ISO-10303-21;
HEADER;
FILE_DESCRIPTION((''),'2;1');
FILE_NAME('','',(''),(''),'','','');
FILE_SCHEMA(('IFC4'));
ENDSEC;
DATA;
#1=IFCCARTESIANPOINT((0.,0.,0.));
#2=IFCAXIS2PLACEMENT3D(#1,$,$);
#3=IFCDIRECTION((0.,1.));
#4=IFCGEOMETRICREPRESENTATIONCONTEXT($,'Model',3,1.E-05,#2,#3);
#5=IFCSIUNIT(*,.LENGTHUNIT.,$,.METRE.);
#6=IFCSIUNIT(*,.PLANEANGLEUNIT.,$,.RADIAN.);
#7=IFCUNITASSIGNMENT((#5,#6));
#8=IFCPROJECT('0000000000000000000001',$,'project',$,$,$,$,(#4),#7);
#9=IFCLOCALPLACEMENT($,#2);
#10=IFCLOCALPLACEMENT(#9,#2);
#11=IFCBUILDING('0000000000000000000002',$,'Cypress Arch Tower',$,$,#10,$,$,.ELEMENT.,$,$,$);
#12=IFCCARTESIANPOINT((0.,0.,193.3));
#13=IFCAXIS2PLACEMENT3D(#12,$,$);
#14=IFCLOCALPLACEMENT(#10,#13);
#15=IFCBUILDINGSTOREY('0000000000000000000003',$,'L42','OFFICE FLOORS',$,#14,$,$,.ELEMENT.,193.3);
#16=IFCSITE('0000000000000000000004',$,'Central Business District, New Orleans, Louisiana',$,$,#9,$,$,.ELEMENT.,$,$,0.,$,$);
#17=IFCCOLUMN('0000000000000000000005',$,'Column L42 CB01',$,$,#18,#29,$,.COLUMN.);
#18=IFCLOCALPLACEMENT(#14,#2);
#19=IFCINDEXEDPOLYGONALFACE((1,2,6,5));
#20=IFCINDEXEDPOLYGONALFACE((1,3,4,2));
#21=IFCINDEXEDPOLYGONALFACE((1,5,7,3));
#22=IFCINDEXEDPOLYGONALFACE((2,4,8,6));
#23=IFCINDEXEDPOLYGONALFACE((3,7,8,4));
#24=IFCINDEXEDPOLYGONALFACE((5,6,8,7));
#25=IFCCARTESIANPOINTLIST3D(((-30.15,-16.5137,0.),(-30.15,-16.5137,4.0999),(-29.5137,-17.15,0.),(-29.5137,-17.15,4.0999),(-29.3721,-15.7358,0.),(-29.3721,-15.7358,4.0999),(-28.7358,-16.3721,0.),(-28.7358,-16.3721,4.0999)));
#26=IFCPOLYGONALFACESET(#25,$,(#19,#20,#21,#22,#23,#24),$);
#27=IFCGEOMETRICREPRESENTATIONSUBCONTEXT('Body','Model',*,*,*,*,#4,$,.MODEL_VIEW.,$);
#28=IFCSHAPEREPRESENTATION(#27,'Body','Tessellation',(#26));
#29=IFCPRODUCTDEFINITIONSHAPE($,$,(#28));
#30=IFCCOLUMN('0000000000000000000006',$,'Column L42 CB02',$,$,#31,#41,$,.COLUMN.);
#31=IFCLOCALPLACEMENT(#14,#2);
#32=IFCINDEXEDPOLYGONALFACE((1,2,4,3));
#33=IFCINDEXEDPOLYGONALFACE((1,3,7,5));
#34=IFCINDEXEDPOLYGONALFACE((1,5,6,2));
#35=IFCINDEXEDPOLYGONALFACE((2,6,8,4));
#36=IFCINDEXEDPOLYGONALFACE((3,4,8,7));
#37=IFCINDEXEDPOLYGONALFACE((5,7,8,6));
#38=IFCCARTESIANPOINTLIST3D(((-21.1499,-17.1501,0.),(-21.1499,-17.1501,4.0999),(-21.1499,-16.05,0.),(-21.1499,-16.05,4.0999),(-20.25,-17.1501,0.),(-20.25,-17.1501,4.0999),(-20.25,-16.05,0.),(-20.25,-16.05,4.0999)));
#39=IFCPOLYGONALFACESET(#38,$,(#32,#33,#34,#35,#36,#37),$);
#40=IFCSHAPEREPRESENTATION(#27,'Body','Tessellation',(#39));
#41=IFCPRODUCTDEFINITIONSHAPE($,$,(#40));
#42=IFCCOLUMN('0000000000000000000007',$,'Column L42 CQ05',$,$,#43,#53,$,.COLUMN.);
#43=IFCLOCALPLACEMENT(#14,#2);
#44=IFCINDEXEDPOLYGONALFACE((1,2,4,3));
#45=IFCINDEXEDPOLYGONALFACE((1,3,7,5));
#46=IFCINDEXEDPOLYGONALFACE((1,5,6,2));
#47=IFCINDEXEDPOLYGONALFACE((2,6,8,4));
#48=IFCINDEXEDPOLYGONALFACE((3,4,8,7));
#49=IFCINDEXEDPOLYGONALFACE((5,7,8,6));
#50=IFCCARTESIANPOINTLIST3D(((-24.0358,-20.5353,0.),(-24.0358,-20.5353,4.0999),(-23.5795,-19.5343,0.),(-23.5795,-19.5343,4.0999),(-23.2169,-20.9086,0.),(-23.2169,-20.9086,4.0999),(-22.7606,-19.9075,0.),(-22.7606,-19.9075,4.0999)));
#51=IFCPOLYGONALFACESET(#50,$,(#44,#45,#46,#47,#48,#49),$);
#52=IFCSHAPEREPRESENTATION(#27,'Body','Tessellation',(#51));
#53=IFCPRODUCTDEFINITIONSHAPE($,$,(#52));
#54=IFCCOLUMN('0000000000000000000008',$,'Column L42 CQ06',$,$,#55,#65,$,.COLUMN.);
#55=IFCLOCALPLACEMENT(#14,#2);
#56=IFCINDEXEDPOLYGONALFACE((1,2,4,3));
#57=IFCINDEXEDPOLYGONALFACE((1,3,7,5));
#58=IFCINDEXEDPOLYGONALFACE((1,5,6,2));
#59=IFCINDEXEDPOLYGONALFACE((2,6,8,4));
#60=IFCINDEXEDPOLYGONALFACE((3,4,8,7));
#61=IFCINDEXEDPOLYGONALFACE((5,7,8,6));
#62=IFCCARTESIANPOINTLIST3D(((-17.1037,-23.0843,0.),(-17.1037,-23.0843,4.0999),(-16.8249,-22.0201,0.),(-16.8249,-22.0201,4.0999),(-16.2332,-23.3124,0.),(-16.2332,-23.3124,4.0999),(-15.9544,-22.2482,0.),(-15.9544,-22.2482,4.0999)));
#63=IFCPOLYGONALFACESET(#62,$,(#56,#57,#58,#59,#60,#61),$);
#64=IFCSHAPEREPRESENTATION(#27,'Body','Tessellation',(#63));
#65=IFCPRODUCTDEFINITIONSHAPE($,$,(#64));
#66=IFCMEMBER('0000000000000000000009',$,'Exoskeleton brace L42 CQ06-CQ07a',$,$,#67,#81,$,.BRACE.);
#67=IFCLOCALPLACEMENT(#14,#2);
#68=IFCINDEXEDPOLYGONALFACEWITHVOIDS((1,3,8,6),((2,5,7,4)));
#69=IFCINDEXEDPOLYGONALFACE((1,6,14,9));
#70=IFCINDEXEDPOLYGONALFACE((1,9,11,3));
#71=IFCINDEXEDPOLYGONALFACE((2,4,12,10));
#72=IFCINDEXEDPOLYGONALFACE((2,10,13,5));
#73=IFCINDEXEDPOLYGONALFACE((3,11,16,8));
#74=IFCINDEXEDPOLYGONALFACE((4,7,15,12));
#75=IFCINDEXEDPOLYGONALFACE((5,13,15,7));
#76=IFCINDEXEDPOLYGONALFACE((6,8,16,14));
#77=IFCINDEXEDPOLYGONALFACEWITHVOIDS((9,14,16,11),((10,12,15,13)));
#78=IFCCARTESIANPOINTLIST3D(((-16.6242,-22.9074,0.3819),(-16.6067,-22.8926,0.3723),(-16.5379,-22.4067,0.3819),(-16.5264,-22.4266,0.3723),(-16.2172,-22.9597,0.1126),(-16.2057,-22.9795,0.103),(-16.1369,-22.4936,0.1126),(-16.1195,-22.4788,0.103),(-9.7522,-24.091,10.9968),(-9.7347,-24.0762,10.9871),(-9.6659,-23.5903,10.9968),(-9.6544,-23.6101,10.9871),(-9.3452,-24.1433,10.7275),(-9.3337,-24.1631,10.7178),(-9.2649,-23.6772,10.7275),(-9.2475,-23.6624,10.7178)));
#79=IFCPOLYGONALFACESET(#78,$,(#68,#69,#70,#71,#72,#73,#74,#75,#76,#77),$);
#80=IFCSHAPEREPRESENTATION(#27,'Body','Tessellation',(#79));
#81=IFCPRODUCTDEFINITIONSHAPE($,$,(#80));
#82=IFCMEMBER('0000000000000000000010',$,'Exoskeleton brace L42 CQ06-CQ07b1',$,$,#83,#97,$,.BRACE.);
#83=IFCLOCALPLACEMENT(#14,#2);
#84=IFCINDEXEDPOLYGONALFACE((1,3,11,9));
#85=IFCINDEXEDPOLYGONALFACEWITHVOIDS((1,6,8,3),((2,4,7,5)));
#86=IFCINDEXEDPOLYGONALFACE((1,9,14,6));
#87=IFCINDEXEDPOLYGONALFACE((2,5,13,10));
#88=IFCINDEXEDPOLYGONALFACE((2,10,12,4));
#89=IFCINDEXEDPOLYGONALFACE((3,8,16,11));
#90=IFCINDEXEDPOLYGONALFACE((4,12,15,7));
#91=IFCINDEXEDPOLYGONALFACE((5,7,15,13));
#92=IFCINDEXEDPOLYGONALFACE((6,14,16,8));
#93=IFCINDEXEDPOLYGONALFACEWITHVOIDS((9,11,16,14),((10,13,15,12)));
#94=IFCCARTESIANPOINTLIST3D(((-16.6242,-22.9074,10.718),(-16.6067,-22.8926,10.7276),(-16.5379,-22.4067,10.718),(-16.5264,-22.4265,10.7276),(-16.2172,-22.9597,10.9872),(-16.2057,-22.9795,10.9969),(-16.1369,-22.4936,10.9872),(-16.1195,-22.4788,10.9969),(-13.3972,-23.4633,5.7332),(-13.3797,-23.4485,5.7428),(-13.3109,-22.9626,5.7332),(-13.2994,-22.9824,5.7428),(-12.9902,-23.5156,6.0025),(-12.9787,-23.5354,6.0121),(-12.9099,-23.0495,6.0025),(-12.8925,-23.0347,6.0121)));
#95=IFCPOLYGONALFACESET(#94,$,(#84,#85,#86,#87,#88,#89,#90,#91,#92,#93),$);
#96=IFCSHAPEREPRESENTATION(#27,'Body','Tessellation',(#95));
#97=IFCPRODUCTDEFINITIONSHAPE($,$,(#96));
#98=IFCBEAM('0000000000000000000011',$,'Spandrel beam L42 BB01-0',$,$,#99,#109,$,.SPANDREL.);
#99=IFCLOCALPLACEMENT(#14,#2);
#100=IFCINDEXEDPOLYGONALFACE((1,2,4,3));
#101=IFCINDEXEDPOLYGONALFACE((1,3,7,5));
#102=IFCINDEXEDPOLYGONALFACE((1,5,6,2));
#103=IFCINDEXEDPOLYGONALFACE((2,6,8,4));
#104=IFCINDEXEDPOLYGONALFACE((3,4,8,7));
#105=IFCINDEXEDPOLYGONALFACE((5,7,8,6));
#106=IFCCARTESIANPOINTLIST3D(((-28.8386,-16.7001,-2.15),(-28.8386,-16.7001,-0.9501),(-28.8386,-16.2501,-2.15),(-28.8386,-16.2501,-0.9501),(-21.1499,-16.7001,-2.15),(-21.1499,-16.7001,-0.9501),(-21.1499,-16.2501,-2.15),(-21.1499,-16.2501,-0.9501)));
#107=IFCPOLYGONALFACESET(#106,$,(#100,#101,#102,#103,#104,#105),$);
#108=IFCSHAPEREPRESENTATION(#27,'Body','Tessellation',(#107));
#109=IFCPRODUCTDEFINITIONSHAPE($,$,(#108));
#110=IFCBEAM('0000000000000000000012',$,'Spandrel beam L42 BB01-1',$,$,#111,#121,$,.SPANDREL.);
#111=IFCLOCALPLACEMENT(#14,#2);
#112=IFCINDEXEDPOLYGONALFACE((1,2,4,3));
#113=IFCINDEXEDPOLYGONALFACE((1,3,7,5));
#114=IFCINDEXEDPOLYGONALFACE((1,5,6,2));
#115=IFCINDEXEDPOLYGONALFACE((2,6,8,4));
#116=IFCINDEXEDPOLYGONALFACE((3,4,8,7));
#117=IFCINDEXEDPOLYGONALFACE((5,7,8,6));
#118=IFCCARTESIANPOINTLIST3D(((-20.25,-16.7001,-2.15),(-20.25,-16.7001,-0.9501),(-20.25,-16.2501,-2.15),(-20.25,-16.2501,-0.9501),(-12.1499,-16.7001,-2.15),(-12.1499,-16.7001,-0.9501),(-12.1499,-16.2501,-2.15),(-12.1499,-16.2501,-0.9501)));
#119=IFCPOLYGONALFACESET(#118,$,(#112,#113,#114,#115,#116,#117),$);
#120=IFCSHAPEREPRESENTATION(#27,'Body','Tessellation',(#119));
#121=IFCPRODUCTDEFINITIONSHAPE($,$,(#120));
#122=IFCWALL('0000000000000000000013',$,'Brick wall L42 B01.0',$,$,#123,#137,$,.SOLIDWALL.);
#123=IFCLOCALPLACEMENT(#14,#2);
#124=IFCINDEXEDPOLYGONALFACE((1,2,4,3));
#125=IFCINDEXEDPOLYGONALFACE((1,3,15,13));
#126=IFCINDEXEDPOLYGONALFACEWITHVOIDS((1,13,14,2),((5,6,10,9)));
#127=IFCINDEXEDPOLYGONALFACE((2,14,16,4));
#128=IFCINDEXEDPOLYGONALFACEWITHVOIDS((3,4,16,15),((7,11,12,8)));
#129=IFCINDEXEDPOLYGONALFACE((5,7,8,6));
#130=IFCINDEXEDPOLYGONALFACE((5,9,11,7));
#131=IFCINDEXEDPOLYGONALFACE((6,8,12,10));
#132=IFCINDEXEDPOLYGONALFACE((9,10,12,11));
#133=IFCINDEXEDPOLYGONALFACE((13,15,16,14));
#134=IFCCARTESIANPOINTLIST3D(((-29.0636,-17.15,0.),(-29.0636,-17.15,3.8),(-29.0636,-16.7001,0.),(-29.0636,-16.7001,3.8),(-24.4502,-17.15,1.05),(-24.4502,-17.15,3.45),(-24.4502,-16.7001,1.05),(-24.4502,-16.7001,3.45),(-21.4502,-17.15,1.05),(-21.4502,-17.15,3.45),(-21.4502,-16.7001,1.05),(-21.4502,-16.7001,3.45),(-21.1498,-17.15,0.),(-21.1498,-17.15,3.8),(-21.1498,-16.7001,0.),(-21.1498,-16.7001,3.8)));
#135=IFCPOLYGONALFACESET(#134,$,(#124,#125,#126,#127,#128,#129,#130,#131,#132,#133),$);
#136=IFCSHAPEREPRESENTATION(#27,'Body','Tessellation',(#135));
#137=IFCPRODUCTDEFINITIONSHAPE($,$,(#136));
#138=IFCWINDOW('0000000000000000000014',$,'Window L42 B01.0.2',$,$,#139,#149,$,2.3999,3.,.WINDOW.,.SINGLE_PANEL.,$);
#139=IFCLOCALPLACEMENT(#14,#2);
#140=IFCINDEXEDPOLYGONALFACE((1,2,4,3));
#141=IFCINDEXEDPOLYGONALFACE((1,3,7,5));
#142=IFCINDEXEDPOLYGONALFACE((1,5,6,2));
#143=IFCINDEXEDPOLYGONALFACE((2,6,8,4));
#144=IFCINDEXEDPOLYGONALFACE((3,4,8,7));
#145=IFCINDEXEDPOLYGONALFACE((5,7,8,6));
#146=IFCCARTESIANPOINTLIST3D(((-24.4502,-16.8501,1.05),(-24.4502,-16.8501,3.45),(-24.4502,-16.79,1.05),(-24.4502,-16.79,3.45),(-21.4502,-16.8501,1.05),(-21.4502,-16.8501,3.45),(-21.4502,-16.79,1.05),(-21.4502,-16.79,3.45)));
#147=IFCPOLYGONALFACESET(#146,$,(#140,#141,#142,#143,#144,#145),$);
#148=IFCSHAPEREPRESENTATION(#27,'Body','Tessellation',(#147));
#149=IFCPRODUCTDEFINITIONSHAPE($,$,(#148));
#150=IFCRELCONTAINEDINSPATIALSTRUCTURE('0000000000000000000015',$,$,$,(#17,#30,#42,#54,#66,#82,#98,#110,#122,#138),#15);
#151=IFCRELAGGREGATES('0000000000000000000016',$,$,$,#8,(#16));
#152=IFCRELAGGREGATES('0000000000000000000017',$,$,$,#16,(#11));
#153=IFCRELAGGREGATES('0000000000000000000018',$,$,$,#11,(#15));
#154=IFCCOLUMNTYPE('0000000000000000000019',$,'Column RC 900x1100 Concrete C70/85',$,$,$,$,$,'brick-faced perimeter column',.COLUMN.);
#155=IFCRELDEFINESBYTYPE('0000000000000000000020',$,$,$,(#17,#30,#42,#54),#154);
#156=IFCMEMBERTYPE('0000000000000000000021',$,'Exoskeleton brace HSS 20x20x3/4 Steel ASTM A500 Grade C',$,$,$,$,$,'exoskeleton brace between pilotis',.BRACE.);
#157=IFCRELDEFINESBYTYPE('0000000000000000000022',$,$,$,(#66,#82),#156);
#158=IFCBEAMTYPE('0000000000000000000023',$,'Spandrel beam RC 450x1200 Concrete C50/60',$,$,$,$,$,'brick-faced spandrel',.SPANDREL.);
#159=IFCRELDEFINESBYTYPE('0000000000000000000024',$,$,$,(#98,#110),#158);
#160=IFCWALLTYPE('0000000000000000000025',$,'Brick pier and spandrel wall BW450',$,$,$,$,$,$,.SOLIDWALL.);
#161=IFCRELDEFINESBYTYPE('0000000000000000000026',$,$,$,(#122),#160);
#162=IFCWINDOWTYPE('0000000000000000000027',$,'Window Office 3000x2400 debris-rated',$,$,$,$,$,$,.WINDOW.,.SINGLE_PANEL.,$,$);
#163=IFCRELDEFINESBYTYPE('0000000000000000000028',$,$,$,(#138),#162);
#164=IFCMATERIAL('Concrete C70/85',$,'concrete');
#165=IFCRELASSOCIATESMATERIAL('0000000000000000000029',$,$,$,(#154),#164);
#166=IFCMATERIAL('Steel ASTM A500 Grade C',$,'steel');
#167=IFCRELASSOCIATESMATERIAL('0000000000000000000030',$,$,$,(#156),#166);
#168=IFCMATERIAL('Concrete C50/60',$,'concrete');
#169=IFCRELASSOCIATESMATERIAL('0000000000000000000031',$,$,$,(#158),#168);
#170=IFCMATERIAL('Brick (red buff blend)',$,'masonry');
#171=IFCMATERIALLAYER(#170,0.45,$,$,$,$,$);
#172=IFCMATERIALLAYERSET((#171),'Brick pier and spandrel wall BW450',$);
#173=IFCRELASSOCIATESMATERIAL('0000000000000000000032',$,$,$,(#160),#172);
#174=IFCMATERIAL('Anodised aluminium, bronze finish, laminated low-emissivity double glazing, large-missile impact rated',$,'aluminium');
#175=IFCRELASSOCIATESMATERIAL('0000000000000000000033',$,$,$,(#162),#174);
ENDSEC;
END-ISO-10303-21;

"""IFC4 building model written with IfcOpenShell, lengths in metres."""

from ifc_helpers import new_model, si_unit, direction, frame, frame_2d, origin, origin_2d, place, context, subcontext, project, spatial, rectangle, hollow_rectangle, extrude, material, layer, layer_set, material_profile, profile_set, type_object, element, fill, save


model = new_model("IFC4")

# Units and contexts
model_context = context("Model", 3, precision=1e-05, world=origin(), true_north=direction((0.0, 1.0)))
body_context = subcontext(model_context, "Body", "Model", "MODEL_VIEW")
ifc_project = project(units=[si_unit("LENGTHUNIT", "METRE"), si_unit("PLANEANGLEUNIT", "RADIAN")], contexts=[model_context])

# Site, building, storey
site_placement = place(None, origin())
site = spatial("IfcSite", under=ifc_project, at=site_placement, Name="Central Business District, New Orleans, Louisiana", CompositionType="ELEMENT", RefElevation=0.0)
building_placement = place(site_placement, origin())
building = spatial("IfcBuilding", under=site, at=building_placement, Name="Cypress Arch Tower", CompositionType="ELEMENT")
storey_placement = place(building_placement, frame((0.0, 0.0, 193.3)))
storey = spatial("IfcBuildingStorey", under=building, at=storey_placement, Name="L42", Description="OFFICE FLOORS", CompositionType="ELEMENT", Elevation=193.3)

# Columns
ifc_material_1 = material(Name="Concrete C70/85", Category="concrete")
ifc_material_profile_1 = material_profile(ifc_material_1, rectangle(XDim=0.8999, YDim=1.1001, at=origin_2d()), Name="RC 900x1100")
ifc_profile_set_1 = profile_set([ifc_material_profile_1], Name="Concrete C70/85")
column_type = type_object("IfcColumnType", Name="Column RC 900x1100 Concrete C70/85", ElementType="brick-faced perimeter column", PredefinedType="COLUMN", material=ifc_profile_set_1)
for number, where, z_axis, x_axis, name in (
    (1, (-29.4429, -16.4429, 0.0), (0.0, 0.0, 1.0), (0.707107, -0.707107, 0.0), "Column L42 CB01"),
    (2, (-20.7, -16.6001, 0.0), (0.0, 0.0, 1.0), (1.0, 0.0, 0.0), "Column L42 CB02"),
    (3, (-23.3982, -20.2214, 0.0), (0.0, 0.0, 1.0), (0.909932, -0.414757, 0.0), "Column L42 CQ05"),
    (4, (-16.5291, -22.6663, 0.0), (0.0, 0.0, 1.0), (0.967356, -0.253422, 0.0), "Column L42 CQ06"),
):
    element("IfcColumn", number, at=place(storey_placement, frame(where, z_axis=z_axis, x_axis=x_axis)), inside=storey, type_object=column_type, Name=name, PredefinedType="COLUMN", context=body_context, shape_type="SweptSolid", body=[
        extrude(rectangle(XDim=0.8999, YDim=1.1001, at=origin_2d()), origin(), (0.0, 0.0, 1.0), 4.0999),
    ])

# Members
ifc_material_2 = material(Name="Steel ASTM A500 Grade C", Category="steel")
ifc_material_profile_2 = material_profile(ifc_material_2, hollow_rectangle(XDim=0.5081, YDim=0.5081, WallThickness=0.0176, at=origin_2d()), Name="HSS 20x20x3/4")
ifc_profile_set_2 = profile_set([ifc_material_profile_2], Name="Steel ASTM A500 Grade C")
member_type = type_object("IfcMemberType", Name="Exoskeleton brace HSS 20x20x3/4 Steel ASTM A500 Grade C", ElementType="exoskeleton brace between pilotis", PredefinedType="BRACE", material=ifc_profile_set_2)
member_1_placement = place(storey_placement, frame((-16.3718, -22.6931, 0.2424), z_axis=(0.541084, -0.093192, 0.835789), x_axis=(0.169733, 0.98549, 0.0)))
element("IfcMember", 5, at=member_1_placement, inside=storey, type_object=member_type, Name="Exoskeleton brace L42 CQ06-CQ07a", PredefinedType="BRACE", context=body_context, shape_type="SweptSolid", body=[
    extrude(hollow_rectangle(XDim=0.5081, YDim=0.5081, WallThickness=0.0176, at=origin_2d()), origin(), (0.0, 0.0, 1.0), 12.7004),
])
member_2_placement = place(storey_placement, frame((-16.3718, -22.6931, 10.8574), z_axis=(0.54107, -0.093207, -0.835797), x_axis=(0.169765, 0.985485, 0.0)))
element("IfcMember", 6, at=member_2_placement, inside=storey, type_object=member_type, Name="Exoskeleton brace L42 CQ06-CQ07b1", PredefinedType="BRACE", context=body_context, shape_type="SweptSolid", body=[
    extrude(hollow_rectangle(XDim=0.5081, YDim=0.5081, WallThickness=0.0176, at=origin_2d()), origin(), (0.0, 0.0, 1.0), 5.9641),
])

# Beams
ifc_material_3 = material(Name="Concrete C50/60", Category="concrete")
ifc_material_profile_3 = material_profile(ifc_material_3, rectangle(XDim=0.45, YDim=1.2, at=origin_2d()), Name="RC 450x1200")
ifc_profile_set_3 = profile_set([ifc_material_profile_3], Name="Concrete C50/60")
beam_type = type_object("IfcBeamType", Name="Spandrel beam RC 450x1200 Concrete C50/60", ElementType="brick-faced spandrel", PredefinedType="SPANDREL", material=ifc_profile_set_3)
beam_1_placement = place(storey_placement, frame((-28.8386, -16.4751, -1.55), z_axis=(1.0, 0.0, 0.0), x_axis=(0.0, 1.0, 0.0)))
element("IfcBeam", 7, at=beam_1_placement, inside=storey, type_object=beam_type, Name="Spandrel beam L42 BB01-0", PredefinedType="SPANDREL", context=body_context, shape_type="SweptSolid", body=[
    extrude(rectangle(XDim=0.45, YDim=1.2, at=origin_2d()), origin(), (0.0, 0.0, 1.0), 7.6887),
])
beam_2_placement = place(storey_placement, frame((-20.25, -16.4751, -1.55), z_axis=(1.0, 0.0, 0.0), x_axis=(0.0, 1.0, 0.0)))
element("IfcBeam", 8, at=beam_2_placement, inside=storey, type_object=beam_type, Name="Spandrel beam L42 BB01-1", PredefinedType="SPANDREL", context=body_context, shape_type="SweptSolid", body=[
    extrude(rectangle(XDim=0.45, YDim=1.2, at=origin_2d()), origin(), (0.0, 0.0, 1.0), 8.1001),
])

# Wall, opening, window
ifc_material_4 = material(Name="Brick (red buff blend)", Category="masonry")
ifc_layer_1 = layer(ifc_material_4, 0.45)
ifc_layer_set_1 = layer_set([ifc_layer_1], Name="Brick pier and spandrel wall BW450")
wall_type_1 = type_object("IfcWallType", Name="Brick pier and spandrel wall BW450", PredefinedType="SOLIDWALL", material=ifc_layer_set_1)
wall_1_placement = place(storey_placement, frame((-29.0637, -16.925, 0.0), z_axis=(0.0, 0.0, 1.0), x_axis=(1.0, 0.0, 0.0)))
wall_1 = element("IfcWall", 9, at=wall_1_placement, inside=storey, type_object=wall_type_1, Name="Brick wall L42 B01.0", PredefinedType="SOLIDWALL", context=body_context, shape_type="SweptSolid", body=[
    extrude(rectangle(XDim=7.9138, YDim=0.45, at=frame_2d((3.957, 0.0))), origin(), (0.0, 0.0, 1.0), 3.8),
])
opening_1_placement = place(wall_1_placement, frame((4.6135, 0.0, 1.05)))
opening_1 = element("IfcOpeningElement", 10, at=opening_1_placement, cuts=wall_1, PredefinedType="OPENING", context=body_context, shape_type="SweptSolid", body=[
    extrude(rectangle(XDim=3.0, YDim=2.3999, at=frame_2d((1.5, 1.2))), frame((0.0, 0.2349, 0.0), z_axis=(0.0, -1.0, 0.0), x_axis=(1.0, 0.0, 0.0)), (0.0, 0.0, 1.0), 0.47),
])
ifc_material_5 = material(Name="Anodised aluminium, bronze finish, laminated low-emissivity double glazing, large-missile impact rated", Category="aluminium")
window_type = type_object("IfcWindowType", Name="Window Office 3000x2400 debris-rated", PartitioningType="SINGLE_PANEL", PredefinedType="WINDOW", material=ifc_material_5)
window_1_placement = place(opening_1_placement, origin())
window_1 = element("IfcWindow", 11, at=window_1_placement, inside=storey, type_object=window_type, Name="Window L42 B01.0.2", OverallHeight=2.3999, OverallWidth=3.0, PartitioningType="SINGLE_PANEL", PredefinedType="WINDOW", context=body_context, shape_type="SweptSolid", body=[
    extrude(rectangle(XDim=3.0, YDim=2.3999, at=frame_2d((1.5, 1.2))), frame((0.0, 0.135, 0.0), z_axis=(0.0, -1.0, 0.0), x_axis=(1.0, 0.0, 0.0)), (0.0, 0.0, 1.0), 0.0601),
])
fill(opening_1, window_1)

save(model, "model.ifc")
